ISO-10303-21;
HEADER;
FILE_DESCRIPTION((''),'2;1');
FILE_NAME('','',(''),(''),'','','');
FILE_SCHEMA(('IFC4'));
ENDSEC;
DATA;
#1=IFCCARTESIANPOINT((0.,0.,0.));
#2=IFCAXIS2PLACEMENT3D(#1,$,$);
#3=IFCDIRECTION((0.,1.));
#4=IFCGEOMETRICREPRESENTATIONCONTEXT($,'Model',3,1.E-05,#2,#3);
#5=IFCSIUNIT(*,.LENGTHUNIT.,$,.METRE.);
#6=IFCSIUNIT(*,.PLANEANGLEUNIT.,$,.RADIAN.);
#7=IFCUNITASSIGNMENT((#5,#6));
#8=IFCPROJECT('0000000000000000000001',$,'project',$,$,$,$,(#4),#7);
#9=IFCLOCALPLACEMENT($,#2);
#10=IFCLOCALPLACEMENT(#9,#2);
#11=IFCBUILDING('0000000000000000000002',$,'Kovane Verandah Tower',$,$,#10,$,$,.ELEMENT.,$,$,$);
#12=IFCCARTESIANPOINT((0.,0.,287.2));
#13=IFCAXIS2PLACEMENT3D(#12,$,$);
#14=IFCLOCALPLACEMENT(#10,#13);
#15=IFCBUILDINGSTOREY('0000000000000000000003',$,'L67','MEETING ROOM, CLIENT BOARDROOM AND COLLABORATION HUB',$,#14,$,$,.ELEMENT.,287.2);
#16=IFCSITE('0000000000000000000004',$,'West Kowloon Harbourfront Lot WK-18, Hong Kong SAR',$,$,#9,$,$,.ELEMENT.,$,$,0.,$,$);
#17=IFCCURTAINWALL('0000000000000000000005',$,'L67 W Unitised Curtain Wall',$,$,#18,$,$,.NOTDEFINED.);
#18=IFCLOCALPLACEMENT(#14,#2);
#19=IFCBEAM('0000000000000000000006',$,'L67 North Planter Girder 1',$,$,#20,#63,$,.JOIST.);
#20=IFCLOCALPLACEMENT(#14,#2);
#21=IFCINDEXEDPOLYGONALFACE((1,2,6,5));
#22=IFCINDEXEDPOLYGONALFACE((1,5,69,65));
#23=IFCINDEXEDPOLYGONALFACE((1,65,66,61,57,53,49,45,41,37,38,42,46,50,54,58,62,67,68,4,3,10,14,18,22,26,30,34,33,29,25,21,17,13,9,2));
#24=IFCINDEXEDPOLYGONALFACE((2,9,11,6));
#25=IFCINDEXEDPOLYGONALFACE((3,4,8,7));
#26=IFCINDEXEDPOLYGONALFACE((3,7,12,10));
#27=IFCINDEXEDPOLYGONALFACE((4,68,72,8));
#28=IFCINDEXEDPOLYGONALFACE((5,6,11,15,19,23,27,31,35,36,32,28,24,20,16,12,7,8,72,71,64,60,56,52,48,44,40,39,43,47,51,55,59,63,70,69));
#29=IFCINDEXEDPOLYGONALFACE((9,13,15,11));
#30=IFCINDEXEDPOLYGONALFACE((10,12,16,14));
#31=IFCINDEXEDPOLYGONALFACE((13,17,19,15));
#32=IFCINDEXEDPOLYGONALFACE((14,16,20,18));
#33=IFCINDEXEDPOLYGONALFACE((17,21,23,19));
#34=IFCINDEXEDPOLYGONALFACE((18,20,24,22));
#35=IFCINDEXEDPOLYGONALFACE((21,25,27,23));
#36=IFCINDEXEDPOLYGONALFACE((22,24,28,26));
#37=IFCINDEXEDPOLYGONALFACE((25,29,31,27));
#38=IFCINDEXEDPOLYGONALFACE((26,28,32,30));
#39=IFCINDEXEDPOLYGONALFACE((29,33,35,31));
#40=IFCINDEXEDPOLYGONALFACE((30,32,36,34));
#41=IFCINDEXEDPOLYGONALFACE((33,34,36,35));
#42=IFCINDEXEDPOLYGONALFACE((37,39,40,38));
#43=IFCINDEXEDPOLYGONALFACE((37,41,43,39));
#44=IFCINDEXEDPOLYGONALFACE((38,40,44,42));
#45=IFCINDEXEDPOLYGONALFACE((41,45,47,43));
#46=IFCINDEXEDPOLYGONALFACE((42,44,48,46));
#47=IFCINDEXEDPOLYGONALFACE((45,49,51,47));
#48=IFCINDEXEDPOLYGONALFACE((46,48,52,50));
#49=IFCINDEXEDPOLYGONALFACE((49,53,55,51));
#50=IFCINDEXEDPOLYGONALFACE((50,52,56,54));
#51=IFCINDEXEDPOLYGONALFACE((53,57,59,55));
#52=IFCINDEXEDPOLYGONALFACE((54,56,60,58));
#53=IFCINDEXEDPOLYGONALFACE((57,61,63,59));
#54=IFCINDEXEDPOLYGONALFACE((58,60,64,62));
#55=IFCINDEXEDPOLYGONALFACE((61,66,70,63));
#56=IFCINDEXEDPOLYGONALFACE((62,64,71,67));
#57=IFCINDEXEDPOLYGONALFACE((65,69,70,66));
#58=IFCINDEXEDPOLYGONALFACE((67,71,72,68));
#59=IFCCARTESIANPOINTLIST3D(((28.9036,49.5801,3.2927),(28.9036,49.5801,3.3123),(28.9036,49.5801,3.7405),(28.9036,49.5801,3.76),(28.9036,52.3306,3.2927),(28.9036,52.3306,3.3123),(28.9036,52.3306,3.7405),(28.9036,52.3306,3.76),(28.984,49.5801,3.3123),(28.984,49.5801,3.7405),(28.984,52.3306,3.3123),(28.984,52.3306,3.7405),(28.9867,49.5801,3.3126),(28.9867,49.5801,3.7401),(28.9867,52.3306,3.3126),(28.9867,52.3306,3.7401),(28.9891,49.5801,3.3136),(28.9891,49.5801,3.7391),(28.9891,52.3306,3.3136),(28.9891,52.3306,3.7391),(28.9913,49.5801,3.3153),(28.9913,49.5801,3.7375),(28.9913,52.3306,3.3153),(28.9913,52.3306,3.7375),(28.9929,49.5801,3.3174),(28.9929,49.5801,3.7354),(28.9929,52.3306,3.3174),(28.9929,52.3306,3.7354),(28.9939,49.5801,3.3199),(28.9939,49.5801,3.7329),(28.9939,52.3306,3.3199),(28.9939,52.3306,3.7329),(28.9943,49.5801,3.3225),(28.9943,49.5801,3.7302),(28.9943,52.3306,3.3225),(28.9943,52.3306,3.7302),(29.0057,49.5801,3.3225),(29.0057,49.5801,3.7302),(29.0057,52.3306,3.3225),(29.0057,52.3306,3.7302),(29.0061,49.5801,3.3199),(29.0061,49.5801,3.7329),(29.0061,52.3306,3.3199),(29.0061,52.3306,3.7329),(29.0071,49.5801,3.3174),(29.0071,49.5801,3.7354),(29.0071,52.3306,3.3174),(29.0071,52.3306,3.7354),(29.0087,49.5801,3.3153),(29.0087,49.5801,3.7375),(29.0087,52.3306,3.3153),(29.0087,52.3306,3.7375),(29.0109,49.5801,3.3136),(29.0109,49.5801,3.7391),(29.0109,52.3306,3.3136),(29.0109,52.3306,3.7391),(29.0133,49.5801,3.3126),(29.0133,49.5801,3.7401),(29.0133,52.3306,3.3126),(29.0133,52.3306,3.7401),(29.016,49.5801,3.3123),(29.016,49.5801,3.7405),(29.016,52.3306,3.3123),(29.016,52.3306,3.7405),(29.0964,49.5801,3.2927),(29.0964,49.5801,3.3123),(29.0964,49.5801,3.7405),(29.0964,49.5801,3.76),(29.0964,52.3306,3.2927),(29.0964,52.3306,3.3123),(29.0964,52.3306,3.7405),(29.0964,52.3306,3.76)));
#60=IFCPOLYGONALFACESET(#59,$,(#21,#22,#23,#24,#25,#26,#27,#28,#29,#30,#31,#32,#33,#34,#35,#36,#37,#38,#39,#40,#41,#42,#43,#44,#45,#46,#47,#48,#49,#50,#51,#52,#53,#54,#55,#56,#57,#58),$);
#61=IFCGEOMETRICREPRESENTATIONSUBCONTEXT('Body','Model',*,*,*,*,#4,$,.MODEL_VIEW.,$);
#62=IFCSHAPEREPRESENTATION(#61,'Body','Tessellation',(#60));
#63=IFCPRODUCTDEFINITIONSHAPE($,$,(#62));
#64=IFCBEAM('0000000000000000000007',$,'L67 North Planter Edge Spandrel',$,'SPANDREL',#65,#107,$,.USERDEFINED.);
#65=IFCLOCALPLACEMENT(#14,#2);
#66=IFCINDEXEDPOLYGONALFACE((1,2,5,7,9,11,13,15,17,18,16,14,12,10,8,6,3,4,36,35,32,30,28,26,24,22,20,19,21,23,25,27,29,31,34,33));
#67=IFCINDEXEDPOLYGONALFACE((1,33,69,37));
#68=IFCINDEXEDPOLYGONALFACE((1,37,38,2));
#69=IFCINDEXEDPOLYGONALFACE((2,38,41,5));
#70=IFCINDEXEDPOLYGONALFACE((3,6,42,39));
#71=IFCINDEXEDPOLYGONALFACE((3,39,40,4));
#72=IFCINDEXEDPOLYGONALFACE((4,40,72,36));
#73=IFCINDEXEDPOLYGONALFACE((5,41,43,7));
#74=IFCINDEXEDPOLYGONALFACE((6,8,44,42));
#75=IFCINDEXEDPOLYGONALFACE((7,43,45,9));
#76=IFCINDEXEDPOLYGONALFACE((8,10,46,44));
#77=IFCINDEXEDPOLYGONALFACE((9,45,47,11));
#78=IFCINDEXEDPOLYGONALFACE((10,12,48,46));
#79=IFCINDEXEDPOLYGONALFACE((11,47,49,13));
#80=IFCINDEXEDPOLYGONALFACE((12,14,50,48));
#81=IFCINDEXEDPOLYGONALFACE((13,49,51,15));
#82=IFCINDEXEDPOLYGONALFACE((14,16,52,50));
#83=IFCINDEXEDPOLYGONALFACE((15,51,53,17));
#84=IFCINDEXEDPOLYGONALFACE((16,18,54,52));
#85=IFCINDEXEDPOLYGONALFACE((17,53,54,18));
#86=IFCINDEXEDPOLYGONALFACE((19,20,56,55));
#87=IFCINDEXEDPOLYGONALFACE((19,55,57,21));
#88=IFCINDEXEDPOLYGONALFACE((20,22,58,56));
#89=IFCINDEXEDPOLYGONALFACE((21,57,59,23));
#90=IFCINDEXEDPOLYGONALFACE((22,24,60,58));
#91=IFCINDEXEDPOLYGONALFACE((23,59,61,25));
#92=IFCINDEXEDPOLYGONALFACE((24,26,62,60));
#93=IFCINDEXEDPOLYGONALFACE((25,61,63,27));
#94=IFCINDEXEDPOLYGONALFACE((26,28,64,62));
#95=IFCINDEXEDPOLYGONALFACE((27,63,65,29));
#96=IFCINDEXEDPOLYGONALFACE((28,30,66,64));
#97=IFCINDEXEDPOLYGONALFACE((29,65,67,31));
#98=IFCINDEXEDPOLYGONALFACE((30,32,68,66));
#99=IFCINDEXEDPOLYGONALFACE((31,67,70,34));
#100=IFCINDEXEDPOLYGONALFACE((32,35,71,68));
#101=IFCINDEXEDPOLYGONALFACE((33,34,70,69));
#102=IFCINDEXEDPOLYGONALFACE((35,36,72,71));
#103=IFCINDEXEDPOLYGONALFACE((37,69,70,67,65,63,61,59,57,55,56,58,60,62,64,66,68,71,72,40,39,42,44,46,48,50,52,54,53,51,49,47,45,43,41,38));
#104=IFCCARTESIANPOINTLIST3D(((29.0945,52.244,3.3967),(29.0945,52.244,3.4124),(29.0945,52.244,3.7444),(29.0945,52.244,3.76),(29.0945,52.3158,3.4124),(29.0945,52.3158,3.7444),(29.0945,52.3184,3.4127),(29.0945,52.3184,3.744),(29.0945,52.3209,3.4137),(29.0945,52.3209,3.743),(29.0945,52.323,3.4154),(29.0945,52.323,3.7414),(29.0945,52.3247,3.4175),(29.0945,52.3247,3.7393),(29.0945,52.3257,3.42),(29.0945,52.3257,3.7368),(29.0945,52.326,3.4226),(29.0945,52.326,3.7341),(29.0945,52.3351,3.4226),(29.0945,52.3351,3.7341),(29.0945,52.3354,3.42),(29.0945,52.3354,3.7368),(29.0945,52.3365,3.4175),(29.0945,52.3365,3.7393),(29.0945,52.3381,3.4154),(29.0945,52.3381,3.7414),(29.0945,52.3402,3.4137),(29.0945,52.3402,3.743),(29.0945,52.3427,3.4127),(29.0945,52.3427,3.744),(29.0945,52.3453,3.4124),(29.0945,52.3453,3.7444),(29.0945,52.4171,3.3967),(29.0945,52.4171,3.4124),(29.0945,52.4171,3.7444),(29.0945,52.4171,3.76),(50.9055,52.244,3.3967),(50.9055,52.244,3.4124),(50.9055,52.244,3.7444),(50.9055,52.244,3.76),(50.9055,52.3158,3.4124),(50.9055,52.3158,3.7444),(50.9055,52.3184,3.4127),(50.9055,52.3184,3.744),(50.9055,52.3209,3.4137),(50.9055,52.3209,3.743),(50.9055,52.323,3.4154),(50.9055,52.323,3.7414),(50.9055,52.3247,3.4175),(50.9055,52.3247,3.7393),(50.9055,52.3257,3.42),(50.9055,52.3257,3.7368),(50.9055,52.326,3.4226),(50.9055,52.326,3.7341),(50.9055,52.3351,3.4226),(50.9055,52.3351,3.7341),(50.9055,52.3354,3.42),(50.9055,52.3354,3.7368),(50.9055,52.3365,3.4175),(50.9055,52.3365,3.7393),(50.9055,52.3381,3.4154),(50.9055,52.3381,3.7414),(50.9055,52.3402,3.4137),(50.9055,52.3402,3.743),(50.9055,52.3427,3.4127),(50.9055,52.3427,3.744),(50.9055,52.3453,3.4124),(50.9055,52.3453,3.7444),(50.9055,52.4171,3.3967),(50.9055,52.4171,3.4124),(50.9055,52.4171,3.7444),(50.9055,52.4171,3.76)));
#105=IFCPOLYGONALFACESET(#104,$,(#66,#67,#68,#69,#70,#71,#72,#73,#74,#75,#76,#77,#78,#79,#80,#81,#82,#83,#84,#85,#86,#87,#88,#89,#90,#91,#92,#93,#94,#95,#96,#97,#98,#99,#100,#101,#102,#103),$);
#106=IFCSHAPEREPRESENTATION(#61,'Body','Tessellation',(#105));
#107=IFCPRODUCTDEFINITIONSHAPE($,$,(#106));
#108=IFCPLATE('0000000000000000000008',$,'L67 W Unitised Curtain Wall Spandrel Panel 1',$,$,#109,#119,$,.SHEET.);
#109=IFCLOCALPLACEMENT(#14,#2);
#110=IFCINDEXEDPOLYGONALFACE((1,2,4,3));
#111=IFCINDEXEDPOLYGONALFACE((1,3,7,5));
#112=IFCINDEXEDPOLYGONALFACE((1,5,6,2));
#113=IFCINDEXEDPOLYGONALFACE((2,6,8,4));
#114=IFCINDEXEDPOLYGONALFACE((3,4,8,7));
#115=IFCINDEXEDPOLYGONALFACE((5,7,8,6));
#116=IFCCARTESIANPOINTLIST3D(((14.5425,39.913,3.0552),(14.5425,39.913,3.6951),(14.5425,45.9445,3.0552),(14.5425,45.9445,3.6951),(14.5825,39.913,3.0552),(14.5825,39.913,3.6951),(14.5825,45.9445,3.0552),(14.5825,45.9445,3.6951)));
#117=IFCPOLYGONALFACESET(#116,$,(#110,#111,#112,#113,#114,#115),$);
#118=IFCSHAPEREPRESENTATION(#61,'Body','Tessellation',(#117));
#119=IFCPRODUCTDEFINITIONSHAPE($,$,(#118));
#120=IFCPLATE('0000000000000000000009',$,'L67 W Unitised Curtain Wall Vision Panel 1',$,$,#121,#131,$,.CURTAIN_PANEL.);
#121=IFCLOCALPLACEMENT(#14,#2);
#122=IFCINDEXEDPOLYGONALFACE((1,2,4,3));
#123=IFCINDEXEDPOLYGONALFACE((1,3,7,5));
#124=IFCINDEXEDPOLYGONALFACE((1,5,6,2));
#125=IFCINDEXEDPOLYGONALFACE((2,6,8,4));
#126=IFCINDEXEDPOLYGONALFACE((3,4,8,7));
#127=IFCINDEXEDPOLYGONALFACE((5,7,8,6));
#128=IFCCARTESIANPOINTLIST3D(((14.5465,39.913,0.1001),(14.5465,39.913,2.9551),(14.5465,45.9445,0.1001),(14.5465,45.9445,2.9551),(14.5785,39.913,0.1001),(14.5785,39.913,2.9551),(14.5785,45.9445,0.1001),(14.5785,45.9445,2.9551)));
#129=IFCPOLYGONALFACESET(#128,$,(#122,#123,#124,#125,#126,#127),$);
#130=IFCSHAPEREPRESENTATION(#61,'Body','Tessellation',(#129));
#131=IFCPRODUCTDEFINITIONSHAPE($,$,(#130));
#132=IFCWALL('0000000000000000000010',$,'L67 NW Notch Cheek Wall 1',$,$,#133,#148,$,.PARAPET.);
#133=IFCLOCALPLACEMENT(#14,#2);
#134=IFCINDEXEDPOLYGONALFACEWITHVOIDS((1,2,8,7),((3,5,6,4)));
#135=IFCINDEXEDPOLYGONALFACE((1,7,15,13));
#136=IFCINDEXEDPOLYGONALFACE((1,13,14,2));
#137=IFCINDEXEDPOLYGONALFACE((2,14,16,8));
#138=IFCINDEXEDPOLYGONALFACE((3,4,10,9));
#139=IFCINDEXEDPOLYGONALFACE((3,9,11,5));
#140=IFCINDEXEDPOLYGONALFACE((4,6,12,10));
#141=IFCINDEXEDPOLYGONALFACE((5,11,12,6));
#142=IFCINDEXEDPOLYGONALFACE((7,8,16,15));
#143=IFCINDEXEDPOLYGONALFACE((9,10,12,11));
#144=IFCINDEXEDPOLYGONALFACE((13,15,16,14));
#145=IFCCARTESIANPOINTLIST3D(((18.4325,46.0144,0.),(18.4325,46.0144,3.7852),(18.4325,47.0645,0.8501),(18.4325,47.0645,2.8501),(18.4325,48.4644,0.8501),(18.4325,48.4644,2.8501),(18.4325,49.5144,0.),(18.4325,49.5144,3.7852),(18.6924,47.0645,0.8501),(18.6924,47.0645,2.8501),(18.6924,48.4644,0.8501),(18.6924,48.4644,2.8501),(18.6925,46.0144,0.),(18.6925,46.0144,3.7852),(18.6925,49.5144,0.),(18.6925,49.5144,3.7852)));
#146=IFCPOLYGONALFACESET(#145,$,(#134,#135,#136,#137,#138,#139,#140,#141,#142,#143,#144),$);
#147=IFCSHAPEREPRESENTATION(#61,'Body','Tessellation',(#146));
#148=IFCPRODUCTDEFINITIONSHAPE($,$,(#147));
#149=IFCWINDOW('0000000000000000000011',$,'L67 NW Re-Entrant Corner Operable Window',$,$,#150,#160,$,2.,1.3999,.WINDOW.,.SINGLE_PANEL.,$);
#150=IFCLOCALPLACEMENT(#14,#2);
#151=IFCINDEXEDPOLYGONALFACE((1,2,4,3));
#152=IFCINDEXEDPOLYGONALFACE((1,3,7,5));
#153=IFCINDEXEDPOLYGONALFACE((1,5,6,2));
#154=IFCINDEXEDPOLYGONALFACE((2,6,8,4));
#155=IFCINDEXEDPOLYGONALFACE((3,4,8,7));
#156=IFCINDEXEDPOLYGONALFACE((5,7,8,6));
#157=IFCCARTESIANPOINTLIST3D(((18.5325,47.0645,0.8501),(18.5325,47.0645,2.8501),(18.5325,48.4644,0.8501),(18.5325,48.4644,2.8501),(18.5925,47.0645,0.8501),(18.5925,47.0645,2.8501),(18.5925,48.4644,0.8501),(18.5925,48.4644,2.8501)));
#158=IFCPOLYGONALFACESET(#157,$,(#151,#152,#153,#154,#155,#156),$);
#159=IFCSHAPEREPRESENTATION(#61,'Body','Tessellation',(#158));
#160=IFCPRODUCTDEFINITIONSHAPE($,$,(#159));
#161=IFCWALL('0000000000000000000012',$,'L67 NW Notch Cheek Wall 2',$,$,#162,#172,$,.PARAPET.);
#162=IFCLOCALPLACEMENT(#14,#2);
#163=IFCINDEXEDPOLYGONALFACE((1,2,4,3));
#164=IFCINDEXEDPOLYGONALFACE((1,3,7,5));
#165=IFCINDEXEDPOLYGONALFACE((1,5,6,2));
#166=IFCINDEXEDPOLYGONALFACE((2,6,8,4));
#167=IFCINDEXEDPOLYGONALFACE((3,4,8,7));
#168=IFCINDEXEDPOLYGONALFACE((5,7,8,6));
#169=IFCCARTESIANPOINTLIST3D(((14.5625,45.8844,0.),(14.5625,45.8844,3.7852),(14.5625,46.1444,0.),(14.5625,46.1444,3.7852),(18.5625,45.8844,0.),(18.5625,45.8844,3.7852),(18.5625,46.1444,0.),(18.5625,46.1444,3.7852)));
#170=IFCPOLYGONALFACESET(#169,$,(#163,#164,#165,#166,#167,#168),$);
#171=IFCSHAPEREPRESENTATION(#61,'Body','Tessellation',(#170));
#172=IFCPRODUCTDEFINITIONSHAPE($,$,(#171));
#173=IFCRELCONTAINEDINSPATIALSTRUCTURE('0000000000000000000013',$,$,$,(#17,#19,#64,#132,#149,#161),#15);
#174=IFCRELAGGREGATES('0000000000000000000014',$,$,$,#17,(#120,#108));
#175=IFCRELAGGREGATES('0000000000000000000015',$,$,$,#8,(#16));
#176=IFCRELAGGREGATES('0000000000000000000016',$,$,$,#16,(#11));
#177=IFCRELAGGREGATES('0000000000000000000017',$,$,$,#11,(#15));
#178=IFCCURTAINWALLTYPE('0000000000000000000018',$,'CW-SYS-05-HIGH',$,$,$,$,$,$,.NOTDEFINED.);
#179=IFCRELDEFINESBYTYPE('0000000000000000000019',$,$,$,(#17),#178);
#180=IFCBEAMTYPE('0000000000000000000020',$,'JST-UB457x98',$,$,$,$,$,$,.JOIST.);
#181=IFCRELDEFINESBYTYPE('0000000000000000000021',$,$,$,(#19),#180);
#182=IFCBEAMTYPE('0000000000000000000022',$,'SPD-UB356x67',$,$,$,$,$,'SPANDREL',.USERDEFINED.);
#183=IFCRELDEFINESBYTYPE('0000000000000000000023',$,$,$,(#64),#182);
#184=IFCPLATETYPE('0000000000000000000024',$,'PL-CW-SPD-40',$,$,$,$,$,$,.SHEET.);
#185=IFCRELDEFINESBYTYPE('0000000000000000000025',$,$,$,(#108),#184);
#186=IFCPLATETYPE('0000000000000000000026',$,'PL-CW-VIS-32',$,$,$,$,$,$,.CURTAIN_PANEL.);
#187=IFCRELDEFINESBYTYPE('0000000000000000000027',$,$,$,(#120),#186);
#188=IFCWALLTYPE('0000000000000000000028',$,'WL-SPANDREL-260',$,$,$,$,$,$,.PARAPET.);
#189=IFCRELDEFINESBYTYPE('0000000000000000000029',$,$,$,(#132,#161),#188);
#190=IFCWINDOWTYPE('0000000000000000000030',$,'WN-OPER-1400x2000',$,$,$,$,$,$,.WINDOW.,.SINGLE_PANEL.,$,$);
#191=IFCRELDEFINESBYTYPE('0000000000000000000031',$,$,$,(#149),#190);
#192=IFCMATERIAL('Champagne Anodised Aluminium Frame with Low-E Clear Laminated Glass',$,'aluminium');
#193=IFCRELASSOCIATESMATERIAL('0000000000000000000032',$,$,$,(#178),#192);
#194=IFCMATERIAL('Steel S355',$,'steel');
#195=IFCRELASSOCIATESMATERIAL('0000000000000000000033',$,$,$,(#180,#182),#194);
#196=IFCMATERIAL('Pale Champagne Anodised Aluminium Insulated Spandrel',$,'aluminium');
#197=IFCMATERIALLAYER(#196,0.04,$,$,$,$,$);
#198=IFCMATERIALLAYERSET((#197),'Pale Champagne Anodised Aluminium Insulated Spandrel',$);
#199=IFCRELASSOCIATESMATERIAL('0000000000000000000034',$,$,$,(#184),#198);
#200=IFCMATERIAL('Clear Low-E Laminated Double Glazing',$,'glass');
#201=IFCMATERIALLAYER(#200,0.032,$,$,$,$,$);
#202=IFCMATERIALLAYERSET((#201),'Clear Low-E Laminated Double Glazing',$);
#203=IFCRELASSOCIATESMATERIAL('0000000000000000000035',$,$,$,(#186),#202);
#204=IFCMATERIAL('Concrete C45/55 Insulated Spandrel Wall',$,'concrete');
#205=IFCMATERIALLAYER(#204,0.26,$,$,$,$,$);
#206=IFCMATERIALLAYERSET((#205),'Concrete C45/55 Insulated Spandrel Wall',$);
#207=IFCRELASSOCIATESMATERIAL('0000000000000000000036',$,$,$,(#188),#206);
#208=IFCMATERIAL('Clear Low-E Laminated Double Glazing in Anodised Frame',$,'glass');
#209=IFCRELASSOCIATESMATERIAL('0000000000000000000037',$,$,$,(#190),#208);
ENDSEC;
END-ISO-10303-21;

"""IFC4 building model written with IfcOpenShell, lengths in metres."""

from ifc_helpers import new_model, si_unit, direction, frame, frame_2d, origin, origin_2d, place, context, subcontext, project, spatial, rectangle, i_section, extrude, material, layer, layer_set, material_profile, profile_set, type_object, element, fill, aggregate, save


model = new_model("IFC4")

# Units and contexts
model_context = context("Model", 3, precision=1e-05, world=origin(), true_north=direction((0.0, 1.0)))
body_context = subcontext(model_context, "Body", "Model", "MODEL_VIEW")
ifc_project = project(units=[si_unit("LENGTHUNIT", "METRE"), si_unit("PLANEANGLEUNIT", "RADIAN")], contexts=[model_context])

# Site, building, storey
site_placement = place(None, origin())
site = spatial("IfcSite", under=ifc_project, at=site_placement, Name="West Kowloon Harbourfront Lot WK-18, Hong Kong SAR", CompositionType="ELEMENT", RefElevation=0.0)
building_placement = place(site_placement, origin())
building = spatial("IfcBuilding", under=site, at=building_placement, Name="Kovane Verandah Tower", CompositionType="ELEMENT")
storey_placement = place(building_placement, frame((0.0, 0.0, 287.2)))
storey = spatial("IfcBuildingStorey", under=building, at=storey_placement, Name="L67", Description="MEETING ROOM, CLIENT BOARDROOM AND COLLABORATION HUB", CompositionType="ELEMENT", Elevation=287.2)

# Shared definitions
ifc_material_1 = material(Name="Steel S355", Category="steel")

# Curtain wall
ifc_material_2 = material(Name="Champagne Anodised Aluminium Frame with Low-E Clear Laminated Glass", Category="aluminium")
curtain_wall_type = type_object("IfcCurtainWallType", Name="CW-SYS-05-HIGH", PredefinedType="NOTDEFINED", material=ifc_material_2)
curtain_wall_placement = place(storey_placement, origin())
curtain_wall = element("IfcCurtainWall", 1, at=curtain_wall_placement, inside=storey, type_object=curtain_wall_type, Name="L67 W Unitised Curtain Wall", PredefinedType="NOTDEFINED")

# Beams
ifc_material_profile_1 = material_profile(ifc_material_1, i_section(OverallWidth=0.1929, OverallDepth=0.4673, WebThickness=0.0115, FlangeThickness=0.0195, FilletRadius=0.0103, at=origin_2d()), Name="UB457x191x98")
ifc_profile_set_1 = profile_set([ifc_material_profile_1], Name="Steel S355")
beam_type_1 = type_object("IfcBeamType", Name="JST-UB457x98", PredefinedType="JOIST", material=ifc_profile_set_1)
beam_1_placement = place(storey_placement, frame((29.0, 49.5801, 3.5264), z_axis=(0.0, 1.0, 0.0), x_axis=(-1.0, 0.0, 0.0)))
element("IfcBeam", 2, at=beam_1_placement, inside=storey, type_object=beam_type_1, Name="L67 North Planter Girder 1", PredefinedType="JOIST", context=body_context, shape_type="SweptSolid", body=[
    extrude(i_section(OverallWidth=0.1929, OverallDepth=0.4673, WebThickness=0.0115, FlangeThickness=0.0195, FilletRadius=0.0103, at=origin_2d()), origin(), (0.0, 0.0, 1.0), 2.7505),
])
ifc_material_profile_2 = material_profile(ifc_material_1, i_section(OverallWidth=0.1731, OverallDepth=0.3633, WebThickness=0.009, FlangeThickness=0.0156, FilletRadius=0.0103, at=origin_2d()), Name="UB356x171x67")
ifc_profile_set_2 = profile_set([ifc_material_profile_2], Name="Steel S355")
beam_type_2 = type_object("IfcBeamType", Name="SPD-UB356x67", ElementType="SPANDREL", PredefinedType="USERDEFINED", material=ifc_profile_set_2)
beam_2_placement = place(storey_placement, frame((29.0945, 52.3306, 3.5784), z_axis=(1.0, 0.0, 0.0), x_axis=(0.0, 1.0, 0.0)))
element("IfcBeam", 3, at=beam_2_placement, inside=storey, type_object=beam_type_2, Name="L67 North Planter Edge Spandrel", ObjectType="SPANDREL", PredefinedType="USERDEFINED", context=body_context, shape_type="SweptSolid", body=[
    extrude(i_section(OverallWidth=0.1731, OverallDepth=0.3633, WebThickness=0.009, FlangeThickness=0.0156, FilletRadius=0.0103, at=origin_2d()), origin(), (0.0, 0.0, 1.0), 21.811),
])

# Plates
ifc_material_3 = material(Name="Pale Champagne Anodised Aluminium Insulated Spandrel", Category="aluminium")
ifc_layer_1 = layer(ifc_material_3, 0.04)
ifc_layer_set_1 = layer_set([ifc_layer_1], Name="Pale Champagne Anodised Aluminium Insulated Spandrel")
plate_type_1 = type_object("IfcPlateType", Name="PL-CW-SPD-40", PredefinedType="SHEET", material=ifc_layer_set_1)
plate_1_placement = place(storey_placement, frame((14.5625, 42.9287, 3.0552), z_axis=(0.0, 0.0, 1.0), x_axis=(0.0, -1.0, 0.0)))
plate_1 = element("IfcPlate", 4, at=plate_1_placement, type_object=plate_type_1, Name="L67 W Unitised Curtain Wall Spandrel Panel 1", PredefinedType="SHEET", context=body_context, shape_type="SweptSolid", body=[
    extrude(rectangle(XDim=6.0315, YDim=0.04, at=origin_2d()), origin(), (0.0, 0.0, 1.0), 0.6399),
])
ifc_material_4 = material(Name="Clear Low-E Laminated Double Glazing", Category="glass")
ifc_layer_2 = layer(ifc_material_4, 0.032)
ifc_layer_set_2 = layer_set([ifc_layer_2], Name="Clear Low-E Laminated Double Glazing")
plate_type_2 = type_object("IfcPlateType", Name="PL-CW-VIS-32", PredefinedType="CURTAIN_PANEL", material=ifc_layer_set_2)
plate_2_placement = place(storey_placement, frame((14.5625, 42.9287, 0.1001), z_axis=(0.0, 0.0, 1.0), x_axis=(0.0, -1.0, 0.0)))
plate_2 = element("IfcPlate", 5, at=plate_2_placement, type_object=plate_type_2, Name="L67 W Unitised Curtain Wall Vision Panel 1", PredefinedType="CURTAIN_PANEL", context=body_context, shape_type="SweptSolid", body=[
    extrude(rectangle(XDim=6.0315, YDim=0.032, at=origin_2d()), origin(), (0.0, 0.0, 1.0), 2.855),
])
aggregate(curtain_wall, [plate_2, plate_1])

# Wall, opening, window
ifc_material_5 = material(Name="Concrete C45/55 Insulated Spandrel Wall", Category="concrete")
ifc_layer_3 = layer(ifc_material_5, 0.26)
ifc_layer_set_3 = layer_set([ifc_layer_3], Name="Concrete C45/55 Insulated Spandrel Wall")
wall_type = type_object("IfcWallType", Name="WL-SPANDREL-260", PredefinedType="PARAPET", material=ifc_layer_set_3)
wall_1_placement = place(storey_placement, frame((18.5625, 49.5144, 0.0), z_axis=(0.0, 0.0, 1.0), x_axis=(0.0, -1.0, 0.0)))
wall_1 = element("IfcWall", 6, at=wall_1_placement, inside=storey, type_object=wall_type, Name="L67 NW Notch Cheek Wall 1", PredefinedType="PARAPET", context=body_context, shape_type="SweptSolid", body=[
    extrude(rectangle(XDim=3.5, YDim=0.26, at=frame_2d((1.75, 0.0))), origin(), (0.0, 0.0, 1.0), 3.7852),
])
opening_placement = place(wall_1_placement, frame((1.05, 0.0, 0.8501)))
opening = element("IfcOpeningElement", 7, at=opening_placement, cuts=wall_1, PredefinedType="OPENING", context=body_context, shape_type="SweptSolid", body=[
    extrude(rectangle(XDim=1.3999, YDim=2.0, at=frame_2d((0.7, 1.0))), frame((0.0, 0.1299, 0.0), z_axis=(0.0, -1.0, 0.0), x_axis=(1.0, 0.0, 0.0)), (0.0, 0.0, 1.0), 0.26),
])
ifc_material_6 = material(Name="Clear Low-E Laminated Double Glazing in Anodised Frame", Category="glass")
window_type = type_object("IfcWindowType", Name="WN-OPER-1400x2000", PartitioningType="SINGLE_PANEL", PredefinedType="WINDOW", material=ifc_material_6)
window_placement = place(opening_placement, origin())
window = element("IfcWindow", 8, at=window_placement, inside=storey, type_object=window_type, Name="L67 NW Re-Entrant Corner Operable Window", OverallHeight=2.0, OverallWidth=1.3999, PartitioningType="SINGLE_PANEL", PredefinedType="WINDOW", context=body_context, shape_type="SweptSolid", body=[
    extrude(rectangle(XDim=1.3999, YDim=2.0, at=frame_2d((0.7, 1.0))), frame((0.0, 0.03, 0.0), z_axis=(0.0, -1.0, 0.0), x_axis=(1.0, 0.0, 0.0)), (0.0, 0.0, 1.0), 0.0601),
])
fill(opening, window)

# Wall
wall_2_placement = place(storey_placement, frame((18.5625, 46.0144, 0.0), z_axis=(0.0, 0.0, 1.0), x_axis=(-1.0, 0.0, 0.0)))
element("IfcWall", 9, at=wall_2_placement, inside=storey, type_object=wall_type, Name="L67 NW Notch Cheek Wall 2", PredefinedType="PARAPET", context=body_context, shape_type="SweptSolid", body=[
    extrude(rectangle(XDim=4.0, YDim=0.26, at=frame_2d((2.0, 0.0))), origin(), (0.0, 0.0, 1.0), 3.7852),
])

save(model, "model.ifc")
